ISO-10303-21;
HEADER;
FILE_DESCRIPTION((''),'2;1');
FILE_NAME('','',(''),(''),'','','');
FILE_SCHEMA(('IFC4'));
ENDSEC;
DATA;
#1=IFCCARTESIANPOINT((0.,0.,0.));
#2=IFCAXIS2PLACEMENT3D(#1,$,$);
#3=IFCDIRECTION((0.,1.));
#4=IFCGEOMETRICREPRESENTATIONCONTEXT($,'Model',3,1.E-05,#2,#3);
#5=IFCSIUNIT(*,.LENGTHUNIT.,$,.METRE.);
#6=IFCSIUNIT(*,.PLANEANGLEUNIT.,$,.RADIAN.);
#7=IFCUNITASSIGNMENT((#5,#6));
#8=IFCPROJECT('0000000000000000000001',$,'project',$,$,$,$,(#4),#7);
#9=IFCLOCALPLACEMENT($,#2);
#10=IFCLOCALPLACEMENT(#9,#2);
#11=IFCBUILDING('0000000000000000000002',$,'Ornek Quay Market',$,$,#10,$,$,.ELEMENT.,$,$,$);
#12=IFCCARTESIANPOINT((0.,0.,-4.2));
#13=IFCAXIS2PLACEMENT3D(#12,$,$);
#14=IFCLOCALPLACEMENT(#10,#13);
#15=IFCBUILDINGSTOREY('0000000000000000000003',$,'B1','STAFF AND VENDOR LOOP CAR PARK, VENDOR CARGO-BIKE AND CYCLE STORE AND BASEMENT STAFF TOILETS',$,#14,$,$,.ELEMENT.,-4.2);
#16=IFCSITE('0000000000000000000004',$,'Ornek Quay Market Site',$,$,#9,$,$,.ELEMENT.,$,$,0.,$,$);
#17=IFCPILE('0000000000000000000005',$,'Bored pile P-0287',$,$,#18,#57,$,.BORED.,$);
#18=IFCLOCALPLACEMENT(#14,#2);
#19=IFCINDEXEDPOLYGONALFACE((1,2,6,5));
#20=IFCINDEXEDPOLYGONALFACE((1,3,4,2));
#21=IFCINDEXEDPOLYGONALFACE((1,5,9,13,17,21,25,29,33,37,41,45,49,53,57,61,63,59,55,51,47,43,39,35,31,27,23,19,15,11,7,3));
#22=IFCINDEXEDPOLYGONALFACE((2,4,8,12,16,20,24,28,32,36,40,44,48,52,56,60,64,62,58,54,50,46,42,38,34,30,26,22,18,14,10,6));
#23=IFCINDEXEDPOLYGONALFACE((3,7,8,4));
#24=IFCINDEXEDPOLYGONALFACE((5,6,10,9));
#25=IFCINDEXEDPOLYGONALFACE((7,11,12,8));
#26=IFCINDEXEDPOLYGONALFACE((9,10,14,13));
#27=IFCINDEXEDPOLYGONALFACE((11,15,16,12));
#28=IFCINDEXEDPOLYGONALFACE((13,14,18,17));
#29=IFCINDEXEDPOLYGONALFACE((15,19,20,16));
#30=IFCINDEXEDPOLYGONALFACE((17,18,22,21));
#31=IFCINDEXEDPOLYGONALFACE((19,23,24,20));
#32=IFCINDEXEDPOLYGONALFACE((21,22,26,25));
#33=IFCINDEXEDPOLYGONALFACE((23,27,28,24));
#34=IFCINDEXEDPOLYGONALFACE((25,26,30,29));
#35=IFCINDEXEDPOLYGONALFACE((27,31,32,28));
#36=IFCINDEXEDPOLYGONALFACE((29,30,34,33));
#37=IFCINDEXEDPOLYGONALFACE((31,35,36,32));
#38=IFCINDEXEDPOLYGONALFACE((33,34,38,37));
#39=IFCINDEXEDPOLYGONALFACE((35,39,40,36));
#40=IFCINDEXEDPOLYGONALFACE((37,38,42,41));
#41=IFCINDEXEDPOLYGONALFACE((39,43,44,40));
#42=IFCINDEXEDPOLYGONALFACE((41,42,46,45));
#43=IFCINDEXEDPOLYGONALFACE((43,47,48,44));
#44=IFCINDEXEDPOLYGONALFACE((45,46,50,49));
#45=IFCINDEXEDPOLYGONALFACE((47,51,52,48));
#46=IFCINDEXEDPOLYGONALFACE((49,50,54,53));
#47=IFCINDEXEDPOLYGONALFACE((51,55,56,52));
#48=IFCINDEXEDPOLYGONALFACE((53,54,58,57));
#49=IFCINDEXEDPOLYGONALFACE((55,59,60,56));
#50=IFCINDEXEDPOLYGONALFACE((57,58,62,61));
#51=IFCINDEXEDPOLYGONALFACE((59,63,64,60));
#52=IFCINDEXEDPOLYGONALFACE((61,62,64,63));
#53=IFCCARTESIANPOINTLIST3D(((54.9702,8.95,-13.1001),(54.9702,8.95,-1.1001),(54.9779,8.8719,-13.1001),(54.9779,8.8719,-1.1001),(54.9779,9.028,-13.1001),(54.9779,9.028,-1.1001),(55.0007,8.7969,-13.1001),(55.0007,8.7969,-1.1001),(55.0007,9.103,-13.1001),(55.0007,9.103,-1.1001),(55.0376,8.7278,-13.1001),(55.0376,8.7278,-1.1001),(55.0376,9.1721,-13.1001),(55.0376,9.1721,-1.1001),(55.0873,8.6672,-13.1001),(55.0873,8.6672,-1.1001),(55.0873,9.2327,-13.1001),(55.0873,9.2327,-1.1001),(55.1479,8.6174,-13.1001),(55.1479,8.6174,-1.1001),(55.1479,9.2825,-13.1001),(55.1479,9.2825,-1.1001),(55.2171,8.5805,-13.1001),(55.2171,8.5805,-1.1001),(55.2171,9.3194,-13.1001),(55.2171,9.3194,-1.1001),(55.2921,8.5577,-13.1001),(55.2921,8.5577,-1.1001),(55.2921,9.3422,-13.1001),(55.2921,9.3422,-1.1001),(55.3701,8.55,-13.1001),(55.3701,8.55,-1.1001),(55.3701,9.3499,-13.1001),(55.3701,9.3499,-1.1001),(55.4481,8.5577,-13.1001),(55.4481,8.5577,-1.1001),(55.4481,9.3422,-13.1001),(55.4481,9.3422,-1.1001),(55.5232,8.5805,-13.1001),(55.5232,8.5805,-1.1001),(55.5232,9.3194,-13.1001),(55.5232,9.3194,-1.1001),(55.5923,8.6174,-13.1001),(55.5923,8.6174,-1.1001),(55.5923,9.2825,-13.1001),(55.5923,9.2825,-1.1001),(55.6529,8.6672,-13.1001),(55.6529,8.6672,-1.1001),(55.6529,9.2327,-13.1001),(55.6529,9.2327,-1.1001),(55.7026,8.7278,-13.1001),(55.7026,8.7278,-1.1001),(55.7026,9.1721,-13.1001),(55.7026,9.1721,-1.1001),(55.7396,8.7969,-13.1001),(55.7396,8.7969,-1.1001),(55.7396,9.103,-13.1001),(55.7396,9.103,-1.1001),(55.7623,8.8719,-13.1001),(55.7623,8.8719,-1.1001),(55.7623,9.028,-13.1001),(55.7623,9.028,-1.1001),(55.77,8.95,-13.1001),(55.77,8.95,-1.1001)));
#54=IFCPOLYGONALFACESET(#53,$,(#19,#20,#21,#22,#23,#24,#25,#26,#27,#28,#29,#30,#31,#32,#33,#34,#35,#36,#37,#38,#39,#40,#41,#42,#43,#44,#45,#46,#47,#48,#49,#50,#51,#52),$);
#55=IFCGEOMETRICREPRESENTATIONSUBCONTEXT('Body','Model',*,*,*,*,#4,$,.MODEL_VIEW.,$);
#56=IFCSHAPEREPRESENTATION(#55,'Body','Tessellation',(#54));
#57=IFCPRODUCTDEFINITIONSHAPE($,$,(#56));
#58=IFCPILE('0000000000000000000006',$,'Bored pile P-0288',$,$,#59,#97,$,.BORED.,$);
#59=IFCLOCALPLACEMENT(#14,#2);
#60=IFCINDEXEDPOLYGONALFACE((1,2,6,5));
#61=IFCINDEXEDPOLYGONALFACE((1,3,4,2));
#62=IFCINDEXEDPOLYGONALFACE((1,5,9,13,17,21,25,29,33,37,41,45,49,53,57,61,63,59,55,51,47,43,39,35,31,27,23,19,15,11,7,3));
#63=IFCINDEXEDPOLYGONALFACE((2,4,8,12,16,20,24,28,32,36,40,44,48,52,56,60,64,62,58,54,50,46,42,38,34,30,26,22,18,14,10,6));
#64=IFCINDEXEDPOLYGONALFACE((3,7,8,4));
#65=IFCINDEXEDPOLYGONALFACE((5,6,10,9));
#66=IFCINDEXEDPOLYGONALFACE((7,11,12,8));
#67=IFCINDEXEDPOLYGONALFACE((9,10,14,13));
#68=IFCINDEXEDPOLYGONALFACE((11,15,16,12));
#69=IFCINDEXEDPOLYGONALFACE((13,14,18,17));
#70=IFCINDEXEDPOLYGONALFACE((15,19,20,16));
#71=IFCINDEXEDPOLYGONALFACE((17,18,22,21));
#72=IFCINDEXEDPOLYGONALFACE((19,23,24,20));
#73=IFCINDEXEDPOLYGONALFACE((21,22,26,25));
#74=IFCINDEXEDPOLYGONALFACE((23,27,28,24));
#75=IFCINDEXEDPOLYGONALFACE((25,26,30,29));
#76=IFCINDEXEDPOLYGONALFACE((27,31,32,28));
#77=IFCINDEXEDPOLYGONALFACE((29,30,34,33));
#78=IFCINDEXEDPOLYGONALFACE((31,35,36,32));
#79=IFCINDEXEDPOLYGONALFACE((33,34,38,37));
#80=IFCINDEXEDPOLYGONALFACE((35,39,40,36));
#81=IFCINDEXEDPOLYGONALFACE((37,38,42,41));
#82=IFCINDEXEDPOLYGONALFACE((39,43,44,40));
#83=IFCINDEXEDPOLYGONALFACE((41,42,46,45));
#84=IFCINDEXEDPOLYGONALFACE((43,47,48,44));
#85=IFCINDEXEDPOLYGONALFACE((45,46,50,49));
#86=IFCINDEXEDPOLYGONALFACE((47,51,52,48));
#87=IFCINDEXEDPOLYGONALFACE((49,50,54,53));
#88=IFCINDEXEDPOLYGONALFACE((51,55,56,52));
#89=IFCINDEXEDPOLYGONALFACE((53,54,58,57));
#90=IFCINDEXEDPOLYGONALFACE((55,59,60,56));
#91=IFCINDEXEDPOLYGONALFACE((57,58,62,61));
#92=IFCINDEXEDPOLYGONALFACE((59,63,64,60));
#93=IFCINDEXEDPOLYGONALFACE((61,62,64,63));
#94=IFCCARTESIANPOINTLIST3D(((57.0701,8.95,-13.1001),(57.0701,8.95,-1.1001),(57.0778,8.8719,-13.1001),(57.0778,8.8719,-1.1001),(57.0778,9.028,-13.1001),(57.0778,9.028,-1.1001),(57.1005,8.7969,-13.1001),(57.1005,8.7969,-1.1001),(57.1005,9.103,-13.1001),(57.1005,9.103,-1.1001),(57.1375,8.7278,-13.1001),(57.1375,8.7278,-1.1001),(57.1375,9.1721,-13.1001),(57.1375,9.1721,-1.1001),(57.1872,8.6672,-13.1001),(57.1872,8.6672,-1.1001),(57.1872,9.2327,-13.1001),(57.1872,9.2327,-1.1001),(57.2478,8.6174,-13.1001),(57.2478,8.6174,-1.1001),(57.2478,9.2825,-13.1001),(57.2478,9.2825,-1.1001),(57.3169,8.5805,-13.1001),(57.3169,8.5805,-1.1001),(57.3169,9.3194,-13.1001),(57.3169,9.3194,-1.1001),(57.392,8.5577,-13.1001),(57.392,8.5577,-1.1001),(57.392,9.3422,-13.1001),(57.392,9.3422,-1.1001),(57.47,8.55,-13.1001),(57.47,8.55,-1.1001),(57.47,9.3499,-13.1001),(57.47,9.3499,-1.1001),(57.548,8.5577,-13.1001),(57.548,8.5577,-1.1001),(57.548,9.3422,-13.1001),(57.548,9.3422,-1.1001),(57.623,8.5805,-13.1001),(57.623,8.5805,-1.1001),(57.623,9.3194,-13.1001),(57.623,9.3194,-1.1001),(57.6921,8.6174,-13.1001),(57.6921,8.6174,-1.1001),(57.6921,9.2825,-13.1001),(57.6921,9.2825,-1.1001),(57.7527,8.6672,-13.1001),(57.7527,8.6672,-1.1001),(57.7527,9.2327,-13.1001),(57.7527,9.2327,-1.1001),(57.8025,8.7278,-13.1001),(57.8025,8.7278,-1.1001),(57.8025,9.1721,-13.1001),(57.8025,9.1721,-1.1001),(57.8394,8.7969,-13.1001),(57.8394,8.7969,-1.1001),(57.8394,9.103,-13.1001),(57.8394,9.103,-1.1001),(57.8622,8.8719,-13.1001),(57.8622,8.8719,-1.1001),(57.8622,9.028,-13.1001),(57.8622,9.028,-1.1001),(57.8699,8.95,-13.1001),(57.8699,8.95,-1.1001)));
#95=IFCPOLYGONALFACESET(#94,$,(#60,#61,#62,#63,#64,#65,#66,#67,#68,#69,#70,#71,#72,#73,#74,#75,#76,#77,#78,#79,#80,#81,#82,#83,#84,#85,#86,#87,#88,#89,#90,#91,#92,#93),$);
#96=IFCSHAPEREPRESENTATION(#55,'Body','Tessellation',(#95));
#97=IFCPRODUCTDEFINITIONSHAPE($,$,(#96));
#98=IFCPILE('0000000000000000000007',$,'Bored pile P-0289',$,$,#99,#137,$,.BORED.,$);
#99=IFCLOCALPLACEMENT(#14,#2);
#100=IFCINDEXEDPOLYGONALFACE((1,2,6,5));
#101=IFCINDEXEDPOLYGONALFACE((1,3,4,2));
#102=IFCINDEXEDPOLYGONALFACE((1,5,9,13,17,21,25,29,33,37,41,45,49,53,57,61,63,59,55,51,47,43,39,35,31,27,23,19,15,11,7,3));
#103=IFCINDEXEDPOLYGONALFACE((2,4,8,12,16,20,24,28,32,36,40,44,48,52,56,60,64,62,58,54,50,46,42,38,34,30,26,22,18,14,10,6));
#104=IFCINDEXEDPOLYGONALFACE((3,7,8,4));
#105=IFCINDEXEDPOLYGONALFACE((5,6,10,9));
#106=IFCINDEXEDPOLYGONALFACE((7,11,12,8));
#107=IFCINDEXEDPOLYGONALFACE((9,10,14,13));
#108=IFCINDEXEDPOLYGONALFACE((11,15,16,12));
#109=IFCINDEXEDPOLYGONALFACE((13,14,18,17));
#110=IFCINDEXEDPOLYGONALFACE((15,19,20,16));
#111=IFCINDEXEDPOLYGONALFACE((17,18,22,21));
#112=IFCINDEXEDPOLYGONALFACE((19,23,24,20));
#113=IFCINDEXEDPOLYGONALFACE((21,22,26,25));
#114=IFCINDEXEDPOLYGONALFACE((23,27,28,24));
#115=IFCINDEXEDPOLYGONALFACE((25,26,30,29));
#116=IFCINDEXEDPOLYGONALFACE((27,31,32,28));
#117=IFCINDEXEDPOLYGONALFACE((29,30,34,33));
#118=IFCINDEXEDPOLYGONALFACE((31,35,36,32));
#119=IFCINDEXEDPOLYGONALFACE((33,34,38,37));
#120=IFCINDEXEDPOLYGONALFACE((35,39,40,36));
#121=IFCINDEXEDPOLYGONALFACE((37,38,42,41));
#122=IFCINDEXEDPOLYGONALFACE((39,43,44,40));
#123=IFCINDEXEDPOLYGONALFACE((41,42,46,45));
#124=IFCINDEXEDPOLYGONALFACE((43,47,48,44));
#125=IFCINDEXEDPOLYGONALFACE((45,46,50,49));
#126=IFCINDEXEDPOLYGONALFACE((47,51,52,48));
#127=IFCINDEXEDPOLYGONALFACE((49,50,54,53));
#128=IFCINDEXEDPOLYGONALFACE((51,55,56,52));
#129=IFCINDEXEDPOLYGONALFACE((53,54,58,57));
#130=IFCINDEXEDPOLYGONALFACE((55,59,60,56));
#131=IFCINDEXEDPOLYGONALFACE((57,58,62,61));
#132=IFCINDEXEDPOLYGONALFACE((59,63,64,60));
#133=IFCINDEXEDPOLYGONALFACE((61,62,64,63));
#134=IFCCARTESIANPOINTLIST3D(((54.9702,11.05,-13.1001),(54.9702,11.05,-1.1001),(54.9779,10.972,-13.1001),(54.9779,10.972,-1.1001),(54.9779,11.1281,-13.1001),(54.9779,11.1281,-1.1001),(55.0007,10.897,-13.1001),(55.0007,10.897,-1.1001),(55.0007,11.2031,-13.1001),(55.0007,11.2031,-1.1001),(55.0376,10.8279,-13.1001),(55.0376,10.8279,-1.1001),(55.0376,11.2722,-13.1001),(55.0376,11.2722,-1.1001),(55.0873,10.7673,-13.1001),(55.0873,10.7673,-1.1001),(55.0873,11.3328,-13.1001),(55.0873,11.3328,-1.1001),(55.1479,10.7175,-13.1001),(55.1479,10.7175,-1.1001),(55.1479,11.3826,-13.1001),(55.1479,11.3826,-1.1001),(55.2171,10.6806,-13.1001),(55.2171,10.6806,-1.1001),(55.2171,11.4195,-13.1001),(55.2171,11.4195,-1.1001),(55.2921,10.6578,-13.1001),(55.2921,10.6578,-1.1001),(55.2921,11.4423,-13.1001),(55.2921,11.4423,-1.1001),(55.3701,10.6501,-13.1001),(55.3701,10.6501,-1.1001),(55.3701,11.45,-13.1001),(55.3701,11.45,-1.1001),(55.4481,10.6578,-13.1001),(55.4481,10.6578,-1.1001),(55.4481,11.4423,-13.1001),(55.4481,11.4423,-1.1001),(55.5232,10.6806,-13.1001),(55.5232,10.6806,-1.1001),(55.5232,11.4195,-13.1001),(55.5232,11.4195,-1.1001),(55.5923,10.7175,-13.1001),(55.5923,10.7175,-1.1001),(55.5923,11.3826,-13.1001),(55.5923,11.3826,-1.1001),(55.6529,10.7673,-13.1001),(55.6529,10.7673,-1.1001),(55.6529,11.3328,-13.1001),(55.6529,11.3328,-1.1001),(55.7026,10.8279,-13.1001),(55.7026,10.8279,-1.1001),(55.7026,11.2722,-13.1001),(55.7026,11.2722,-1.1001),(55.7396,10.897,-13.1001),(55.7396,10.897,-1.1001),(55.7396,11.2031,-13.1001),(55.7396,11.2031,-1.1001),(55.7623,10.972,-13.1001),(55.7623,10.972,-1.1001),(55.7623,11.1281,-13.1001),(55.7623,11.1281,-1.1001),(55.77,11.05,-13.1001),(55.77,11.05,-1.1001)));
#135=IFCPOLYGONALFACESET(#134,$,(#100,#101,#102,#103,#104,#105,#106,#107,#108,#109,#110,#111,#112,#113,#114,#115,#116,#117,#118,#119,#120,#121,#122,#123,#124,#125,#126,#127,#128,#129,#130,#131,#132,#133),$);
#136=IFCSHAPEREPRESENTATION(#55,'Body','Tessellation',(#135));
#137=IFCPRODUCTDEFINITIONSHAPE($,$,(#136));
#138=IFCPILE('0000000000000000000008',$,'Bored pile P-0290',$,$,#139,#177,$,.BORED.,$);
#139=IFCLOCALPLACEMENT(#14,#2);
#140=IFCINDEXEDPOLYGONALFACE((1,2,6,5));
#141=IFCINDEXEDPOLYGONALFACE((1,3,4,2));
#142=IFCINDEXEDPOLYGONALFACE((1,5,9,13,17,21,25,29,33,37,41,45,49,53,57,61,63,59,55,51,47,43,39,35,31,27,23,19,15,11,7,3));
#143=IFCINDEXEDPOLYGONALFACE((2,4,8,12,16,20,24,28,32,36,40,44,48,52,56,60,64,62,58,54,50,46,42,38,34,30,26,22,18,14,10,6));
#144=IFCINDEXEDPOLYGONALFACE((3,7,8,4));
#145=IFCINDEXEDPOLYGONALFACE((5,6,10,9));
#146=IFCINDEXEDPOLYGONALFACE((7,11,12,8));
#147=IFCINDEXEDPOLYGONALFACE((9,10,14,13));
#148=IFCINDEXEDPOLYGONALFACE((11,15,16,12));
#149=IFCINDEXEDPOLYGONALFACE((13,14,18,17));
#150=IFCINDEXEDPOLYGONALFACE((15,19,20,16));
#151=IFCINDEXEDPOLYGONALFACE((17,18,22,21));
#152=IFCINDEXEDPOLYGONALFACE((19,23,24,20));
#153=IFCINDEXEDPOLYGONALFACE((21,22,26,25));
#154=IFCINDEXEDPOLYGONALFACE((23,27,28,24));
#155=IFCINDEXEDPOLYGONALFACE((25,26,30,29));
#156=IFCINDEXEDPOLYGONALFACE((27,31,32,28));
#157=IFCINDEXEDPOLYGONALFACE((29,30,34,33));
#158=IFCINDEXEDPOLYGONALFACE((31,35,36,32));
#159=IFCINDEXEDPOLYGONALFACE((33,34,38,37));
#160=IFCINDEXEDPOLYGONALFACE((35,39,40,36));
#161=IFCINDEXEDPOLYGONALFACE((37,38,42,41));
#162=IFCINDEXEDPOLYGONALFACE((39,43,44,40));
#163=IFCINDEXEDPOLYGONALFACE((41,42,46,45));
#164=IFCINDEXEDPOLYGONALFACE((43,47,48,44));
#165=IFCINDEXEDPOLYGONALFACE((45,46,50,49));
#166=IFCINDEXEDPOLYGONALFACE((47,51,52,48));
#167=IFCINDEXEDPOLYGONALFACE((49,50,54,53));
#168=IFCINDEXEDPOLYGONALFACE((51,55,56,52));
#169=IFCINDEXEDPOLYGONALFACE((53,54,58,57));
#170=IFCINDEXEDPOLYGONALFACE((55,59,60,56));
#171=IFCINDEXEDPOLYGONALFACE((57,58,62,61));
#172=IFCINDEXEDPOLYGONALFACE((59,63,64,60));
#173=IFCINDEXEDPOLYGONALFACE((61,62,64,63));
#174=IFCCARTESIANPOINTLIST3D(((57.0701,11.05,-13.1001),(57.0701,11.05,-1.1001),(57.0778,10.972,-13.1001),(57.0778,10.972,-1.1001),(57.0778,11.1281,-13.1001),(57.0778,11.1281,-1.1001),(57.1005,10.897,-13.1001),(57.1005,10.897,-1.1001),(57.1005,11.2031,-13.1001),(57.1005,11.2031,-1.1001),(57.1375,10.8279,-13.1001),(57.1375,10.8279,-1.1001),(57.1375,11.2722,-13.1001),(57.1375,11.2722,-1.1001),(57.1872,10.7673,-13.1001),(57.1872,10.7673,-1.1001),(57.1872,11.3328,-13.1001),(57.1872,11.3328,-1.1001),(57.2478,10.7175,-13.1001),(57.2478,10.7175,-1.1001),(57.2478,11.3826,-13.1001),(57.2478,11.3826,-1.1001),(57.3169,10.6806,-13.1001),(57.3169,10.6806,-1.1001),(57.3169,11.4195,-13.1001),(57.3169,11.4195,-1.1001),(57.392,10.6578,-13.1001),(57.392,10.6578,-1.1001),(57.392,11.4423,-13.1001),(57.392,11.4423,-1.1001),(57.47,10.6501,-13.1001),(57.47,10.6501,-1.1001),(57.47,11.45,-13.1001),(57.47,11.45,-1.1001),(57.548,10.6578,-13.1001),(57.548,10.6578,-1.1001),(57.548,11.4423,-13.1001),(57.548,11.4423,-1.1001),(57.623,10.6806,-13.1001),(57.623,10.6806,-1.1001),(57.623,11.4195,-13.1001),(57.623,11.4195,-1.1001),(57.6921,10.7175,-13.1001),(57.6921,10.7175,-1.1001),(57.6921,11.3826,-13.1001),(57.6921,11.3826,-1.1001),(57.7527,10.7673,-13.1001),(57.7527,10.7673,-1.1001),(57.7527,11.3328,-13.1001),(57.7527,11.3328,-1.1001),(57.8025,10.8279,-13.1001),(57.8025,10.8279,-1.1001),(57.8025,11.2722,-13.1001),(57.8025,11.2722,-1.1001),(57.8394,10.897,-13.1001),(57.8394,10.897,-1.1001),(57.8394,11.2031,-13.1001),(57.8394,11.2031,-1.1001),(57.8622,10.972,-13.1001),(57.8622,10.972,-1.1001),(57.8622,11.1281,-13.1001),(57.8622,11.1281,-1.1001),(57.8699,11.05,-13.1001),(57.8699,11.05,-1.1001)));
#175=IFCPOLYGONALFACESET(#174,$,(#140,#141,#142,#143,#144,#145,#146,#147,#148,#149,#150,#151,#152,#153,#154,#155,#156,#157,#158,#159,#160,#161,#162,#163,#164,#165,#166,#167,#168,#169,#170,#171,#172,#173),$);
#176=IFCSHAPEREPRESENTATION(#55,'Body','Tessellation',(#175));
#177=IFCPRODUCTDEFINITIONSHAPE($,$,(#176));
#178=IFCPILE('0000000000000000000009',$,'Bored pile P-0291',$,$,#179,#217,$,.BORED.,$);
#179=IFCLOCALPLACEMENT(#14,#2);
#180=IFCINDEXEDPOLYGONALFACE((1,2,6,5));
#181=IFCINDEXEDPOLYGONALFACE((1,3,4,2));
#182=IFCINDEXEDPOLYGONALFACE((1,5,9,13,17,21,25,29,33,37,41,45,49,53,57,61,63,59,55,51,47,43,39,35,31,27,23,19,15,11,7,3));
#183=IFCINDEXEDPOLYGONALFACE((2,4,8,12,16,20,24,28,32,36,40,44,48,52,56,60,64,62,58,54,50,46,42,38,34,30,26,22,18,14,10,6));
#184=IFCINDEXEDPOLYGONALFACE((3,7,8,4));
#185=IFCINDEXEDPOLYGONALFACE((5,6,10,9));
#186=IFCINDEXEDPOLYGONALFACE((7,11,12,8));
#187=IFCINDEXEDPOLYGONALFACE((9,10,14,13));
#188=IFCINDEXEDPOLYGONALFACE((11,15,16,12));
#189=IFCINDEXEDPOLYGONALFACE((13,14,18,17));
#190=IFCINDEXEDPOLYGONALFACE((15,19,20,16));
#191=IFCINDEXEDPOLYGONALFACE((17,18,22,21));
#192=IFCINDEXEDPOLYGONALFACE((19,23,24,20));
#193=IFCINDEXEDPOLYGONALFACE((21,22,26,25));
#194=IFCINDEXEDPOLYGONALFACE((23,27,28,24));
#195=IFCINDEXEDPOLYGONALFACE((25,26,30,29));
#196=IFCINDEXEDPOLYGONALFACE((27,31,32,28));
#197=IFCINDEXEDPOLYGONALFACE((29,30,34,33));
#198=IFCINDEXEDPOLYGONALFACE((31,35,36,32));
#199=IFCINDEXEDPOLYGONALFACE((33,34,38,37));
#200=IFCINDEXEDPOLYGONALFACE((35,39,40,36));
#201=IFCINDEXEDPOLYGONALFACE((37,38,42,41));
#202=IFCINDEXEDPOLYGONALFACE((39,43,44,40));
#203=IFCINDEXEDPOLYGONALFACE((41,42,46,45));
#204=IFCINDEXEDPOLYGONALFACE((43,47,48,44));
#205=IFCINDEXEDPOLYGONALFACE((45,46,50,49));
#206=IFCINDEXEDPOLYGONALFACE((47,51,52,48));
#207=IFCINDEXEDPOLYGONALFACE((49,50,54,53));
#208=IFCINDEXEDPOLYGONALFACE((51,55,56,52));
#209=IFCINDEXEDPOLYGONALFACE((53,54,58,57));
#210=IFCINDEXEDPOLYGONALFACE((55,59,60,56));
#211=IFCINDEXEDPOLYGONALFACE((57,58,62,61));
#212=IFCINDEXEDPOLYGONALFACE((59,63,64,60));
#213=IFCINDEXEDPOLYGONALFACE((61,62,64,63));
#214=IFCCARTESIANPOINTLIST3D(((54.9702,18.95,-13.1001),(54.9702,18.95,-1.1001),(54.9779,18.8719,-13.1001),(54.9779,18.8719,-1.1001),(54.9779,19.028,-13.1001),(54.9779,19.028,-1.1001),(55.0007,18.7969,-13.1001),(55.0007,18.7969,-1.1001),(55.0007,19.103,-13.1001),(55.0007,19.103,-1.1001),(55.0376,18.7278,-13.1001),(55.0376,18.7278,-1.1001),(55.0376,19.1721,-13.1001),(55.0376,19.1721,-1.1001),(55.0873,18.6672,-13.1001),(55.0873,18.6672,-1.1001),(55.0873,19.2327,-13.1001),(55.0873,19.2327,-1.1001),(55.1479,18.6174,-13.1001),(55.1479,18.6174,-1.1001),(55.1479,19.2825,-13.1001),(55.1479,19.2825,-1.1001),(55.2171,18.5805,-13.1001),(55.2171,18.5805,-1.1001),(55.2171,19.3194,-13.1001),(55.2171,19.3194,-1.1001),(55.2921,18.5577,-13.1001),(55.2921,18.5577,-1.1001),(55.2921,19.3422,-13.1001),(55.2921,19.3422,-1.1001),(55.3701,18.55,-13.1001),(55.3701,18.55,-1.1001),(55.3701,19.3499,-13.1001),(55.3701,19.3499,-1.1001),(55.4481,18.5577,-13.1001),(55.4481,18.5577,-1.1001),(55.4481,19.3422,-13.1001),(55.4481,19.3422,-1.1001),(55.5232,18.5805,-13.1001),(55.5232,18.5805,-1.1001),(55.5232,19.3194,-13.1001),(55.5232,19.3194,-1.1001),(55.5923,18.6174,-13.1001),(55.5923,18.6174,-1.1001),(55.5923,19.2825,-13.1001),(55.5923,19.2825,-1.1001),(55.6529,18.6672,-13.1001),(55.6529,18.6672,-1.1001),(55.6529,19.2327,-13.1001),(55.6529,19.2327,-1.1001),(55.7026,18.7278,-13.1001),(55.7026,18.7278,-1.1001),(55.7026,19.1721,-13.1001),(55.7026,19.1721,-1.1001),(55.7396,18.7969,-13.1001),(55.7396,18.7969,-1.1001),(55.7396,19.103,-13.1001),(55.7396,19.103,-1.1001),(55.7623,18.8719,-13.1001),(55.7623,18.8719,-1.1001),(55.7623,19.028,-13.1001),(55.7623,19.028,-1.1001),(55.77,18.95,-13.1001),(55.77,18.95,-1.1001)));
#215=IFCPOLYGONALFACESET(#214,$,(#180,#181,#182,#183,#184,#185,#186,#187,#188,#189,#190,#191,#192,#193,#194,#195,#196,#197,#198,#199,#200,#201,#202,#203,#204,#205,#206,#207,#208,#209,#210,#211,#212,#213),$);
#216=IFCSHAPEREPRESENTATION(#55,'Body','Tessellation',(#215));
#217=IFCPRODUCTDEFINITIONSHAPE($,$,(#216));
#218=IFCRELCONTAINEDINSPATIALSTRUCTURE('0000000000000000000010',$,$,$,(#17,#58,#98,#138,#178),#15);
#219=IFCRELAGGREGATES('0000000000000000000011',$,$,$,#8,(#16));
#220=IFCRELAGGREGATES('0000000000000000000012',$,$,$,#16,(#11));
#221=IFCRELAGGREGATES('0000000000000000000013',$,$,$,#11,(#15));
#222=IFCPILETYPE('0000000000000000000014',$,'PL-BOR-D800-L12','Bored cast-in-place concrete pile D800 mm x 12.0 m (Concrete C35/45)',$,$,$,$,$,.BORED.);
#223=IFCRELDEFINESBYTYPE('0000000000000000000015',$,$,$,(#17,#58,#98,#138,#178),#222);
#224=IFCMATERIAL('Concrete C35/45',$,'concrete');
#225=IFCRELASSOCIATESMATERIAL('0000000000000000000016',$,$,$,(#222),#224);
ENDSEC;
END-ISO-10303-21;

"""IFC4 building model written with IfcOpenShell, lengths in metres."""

from ifc_helpers import new_model, si_unit, direction, frame, origin, origin_2d, place, context, subcontext, project, spatial, circle, extrude, material, material_profile, profile_set, type_object, element, save


model = new_model("IFC4")

# Units and contexts
model_context = context("Model", 3, precision=1e-05, world=origin(), true_north=direction((0.0, 1.0)))
body_context = subcontext(model_context, "Body", "Model", "MODEL_VIEW")
ifc_project = project(units=[si_unit("LENGTHUNIT", "METRE"), si_unit("PLANEANGLEUNIT", "RADIAN")], contexts=[model_context])

# Site, building, storey
site_placement = place(None, origin())
site = spatial("IfcSite", under=ifc_project, at=site_placement, Name="Ornek Quay Market Site", CompositionType="ELEMENT", RefElevation=0.0)
building_placement = place(site_placement, origin())
building = spatial("IfcBuilding", under=site, at=building_placement, Name="Ornek Quay Market", CompositionType="ELEMENT")
storey_placement = place(building_placement, frame((0.0, 0.0, -4.2)))
storey = spatial("IfcBuildingStorey", under=building, at=storey_placement, Name="B1", Description="STAFF AND VENDOR LOOP CAR PARK, VENDOR CARGO-BIKE AND CYCLE STORE AND BASEMENT STAFF TOILETS", CompositionType="ELEMENT", Elevation=-4.2)

# Piles
ifc_material_1 = material(Name="Concrete C35/45", Category="concrete")
ifc_material_profile_1 = material_profile(ifc_material_1, circle(Radius=0.3999, at=origin_2d()), Name="PILE D800", Category="concrete")
ifc_profile_set_1 = profile_set([ifc_material_profile_1], Name="Concrete C35/45")
pile_type = type_object("IfcPileType", Name="PL-BOR-D800-L12", Description="Bored cast-in-place concrete pile D800 mm x 12.0 m (Concrete C35/45)", PredefinedType="BORED", material=ifc_profile_set_1)
for number, where, z_axis, x_axis, name in (
    (1, (55.3701, 8.95, -1.1001), (0.0, 0.0, -1.0), (1.0, 0.0, 0.0), "Bored pile P-0287"),
    (2, (57.47, 8.95, -1.1001), (0.0, 0.0, -1.0), (1.0, 0.0, 0.0), "Bored pile P-0288"),
    (3, (55.3701, 11.05, -1.1001), (0.0, 0.0, -1.0), (1.0, 0.0, 0.0), "Bored pile P-0289"),
    (4, (57.47, 11.05, -1.1001), (0.0, 0.0, -1.0), (1.0, 0.0, 0.0), "Bored pile P-0290"),
    (5, (55.3701, 18.95, -1.1001), (0.0, 0.0, -1.0), (1.0, 0.0, 0.0), "Bored pile P-0291"),
):
    element("IfcPile", number, at=place(storey_placement, frame(where, z_axis=z_axis, x_axis=x_axis)), inside=storey, type_object=pile_type, Name=name, PredefinedType="BORED", context=body_context, shape_type="SweptSolid", body=[
        extrude(circle(Radius=0.3999, at=origin_2d()), origin(), (0.0, 0.0, 1.0), 12.0),
    ])

save(model, "model.ifc")
